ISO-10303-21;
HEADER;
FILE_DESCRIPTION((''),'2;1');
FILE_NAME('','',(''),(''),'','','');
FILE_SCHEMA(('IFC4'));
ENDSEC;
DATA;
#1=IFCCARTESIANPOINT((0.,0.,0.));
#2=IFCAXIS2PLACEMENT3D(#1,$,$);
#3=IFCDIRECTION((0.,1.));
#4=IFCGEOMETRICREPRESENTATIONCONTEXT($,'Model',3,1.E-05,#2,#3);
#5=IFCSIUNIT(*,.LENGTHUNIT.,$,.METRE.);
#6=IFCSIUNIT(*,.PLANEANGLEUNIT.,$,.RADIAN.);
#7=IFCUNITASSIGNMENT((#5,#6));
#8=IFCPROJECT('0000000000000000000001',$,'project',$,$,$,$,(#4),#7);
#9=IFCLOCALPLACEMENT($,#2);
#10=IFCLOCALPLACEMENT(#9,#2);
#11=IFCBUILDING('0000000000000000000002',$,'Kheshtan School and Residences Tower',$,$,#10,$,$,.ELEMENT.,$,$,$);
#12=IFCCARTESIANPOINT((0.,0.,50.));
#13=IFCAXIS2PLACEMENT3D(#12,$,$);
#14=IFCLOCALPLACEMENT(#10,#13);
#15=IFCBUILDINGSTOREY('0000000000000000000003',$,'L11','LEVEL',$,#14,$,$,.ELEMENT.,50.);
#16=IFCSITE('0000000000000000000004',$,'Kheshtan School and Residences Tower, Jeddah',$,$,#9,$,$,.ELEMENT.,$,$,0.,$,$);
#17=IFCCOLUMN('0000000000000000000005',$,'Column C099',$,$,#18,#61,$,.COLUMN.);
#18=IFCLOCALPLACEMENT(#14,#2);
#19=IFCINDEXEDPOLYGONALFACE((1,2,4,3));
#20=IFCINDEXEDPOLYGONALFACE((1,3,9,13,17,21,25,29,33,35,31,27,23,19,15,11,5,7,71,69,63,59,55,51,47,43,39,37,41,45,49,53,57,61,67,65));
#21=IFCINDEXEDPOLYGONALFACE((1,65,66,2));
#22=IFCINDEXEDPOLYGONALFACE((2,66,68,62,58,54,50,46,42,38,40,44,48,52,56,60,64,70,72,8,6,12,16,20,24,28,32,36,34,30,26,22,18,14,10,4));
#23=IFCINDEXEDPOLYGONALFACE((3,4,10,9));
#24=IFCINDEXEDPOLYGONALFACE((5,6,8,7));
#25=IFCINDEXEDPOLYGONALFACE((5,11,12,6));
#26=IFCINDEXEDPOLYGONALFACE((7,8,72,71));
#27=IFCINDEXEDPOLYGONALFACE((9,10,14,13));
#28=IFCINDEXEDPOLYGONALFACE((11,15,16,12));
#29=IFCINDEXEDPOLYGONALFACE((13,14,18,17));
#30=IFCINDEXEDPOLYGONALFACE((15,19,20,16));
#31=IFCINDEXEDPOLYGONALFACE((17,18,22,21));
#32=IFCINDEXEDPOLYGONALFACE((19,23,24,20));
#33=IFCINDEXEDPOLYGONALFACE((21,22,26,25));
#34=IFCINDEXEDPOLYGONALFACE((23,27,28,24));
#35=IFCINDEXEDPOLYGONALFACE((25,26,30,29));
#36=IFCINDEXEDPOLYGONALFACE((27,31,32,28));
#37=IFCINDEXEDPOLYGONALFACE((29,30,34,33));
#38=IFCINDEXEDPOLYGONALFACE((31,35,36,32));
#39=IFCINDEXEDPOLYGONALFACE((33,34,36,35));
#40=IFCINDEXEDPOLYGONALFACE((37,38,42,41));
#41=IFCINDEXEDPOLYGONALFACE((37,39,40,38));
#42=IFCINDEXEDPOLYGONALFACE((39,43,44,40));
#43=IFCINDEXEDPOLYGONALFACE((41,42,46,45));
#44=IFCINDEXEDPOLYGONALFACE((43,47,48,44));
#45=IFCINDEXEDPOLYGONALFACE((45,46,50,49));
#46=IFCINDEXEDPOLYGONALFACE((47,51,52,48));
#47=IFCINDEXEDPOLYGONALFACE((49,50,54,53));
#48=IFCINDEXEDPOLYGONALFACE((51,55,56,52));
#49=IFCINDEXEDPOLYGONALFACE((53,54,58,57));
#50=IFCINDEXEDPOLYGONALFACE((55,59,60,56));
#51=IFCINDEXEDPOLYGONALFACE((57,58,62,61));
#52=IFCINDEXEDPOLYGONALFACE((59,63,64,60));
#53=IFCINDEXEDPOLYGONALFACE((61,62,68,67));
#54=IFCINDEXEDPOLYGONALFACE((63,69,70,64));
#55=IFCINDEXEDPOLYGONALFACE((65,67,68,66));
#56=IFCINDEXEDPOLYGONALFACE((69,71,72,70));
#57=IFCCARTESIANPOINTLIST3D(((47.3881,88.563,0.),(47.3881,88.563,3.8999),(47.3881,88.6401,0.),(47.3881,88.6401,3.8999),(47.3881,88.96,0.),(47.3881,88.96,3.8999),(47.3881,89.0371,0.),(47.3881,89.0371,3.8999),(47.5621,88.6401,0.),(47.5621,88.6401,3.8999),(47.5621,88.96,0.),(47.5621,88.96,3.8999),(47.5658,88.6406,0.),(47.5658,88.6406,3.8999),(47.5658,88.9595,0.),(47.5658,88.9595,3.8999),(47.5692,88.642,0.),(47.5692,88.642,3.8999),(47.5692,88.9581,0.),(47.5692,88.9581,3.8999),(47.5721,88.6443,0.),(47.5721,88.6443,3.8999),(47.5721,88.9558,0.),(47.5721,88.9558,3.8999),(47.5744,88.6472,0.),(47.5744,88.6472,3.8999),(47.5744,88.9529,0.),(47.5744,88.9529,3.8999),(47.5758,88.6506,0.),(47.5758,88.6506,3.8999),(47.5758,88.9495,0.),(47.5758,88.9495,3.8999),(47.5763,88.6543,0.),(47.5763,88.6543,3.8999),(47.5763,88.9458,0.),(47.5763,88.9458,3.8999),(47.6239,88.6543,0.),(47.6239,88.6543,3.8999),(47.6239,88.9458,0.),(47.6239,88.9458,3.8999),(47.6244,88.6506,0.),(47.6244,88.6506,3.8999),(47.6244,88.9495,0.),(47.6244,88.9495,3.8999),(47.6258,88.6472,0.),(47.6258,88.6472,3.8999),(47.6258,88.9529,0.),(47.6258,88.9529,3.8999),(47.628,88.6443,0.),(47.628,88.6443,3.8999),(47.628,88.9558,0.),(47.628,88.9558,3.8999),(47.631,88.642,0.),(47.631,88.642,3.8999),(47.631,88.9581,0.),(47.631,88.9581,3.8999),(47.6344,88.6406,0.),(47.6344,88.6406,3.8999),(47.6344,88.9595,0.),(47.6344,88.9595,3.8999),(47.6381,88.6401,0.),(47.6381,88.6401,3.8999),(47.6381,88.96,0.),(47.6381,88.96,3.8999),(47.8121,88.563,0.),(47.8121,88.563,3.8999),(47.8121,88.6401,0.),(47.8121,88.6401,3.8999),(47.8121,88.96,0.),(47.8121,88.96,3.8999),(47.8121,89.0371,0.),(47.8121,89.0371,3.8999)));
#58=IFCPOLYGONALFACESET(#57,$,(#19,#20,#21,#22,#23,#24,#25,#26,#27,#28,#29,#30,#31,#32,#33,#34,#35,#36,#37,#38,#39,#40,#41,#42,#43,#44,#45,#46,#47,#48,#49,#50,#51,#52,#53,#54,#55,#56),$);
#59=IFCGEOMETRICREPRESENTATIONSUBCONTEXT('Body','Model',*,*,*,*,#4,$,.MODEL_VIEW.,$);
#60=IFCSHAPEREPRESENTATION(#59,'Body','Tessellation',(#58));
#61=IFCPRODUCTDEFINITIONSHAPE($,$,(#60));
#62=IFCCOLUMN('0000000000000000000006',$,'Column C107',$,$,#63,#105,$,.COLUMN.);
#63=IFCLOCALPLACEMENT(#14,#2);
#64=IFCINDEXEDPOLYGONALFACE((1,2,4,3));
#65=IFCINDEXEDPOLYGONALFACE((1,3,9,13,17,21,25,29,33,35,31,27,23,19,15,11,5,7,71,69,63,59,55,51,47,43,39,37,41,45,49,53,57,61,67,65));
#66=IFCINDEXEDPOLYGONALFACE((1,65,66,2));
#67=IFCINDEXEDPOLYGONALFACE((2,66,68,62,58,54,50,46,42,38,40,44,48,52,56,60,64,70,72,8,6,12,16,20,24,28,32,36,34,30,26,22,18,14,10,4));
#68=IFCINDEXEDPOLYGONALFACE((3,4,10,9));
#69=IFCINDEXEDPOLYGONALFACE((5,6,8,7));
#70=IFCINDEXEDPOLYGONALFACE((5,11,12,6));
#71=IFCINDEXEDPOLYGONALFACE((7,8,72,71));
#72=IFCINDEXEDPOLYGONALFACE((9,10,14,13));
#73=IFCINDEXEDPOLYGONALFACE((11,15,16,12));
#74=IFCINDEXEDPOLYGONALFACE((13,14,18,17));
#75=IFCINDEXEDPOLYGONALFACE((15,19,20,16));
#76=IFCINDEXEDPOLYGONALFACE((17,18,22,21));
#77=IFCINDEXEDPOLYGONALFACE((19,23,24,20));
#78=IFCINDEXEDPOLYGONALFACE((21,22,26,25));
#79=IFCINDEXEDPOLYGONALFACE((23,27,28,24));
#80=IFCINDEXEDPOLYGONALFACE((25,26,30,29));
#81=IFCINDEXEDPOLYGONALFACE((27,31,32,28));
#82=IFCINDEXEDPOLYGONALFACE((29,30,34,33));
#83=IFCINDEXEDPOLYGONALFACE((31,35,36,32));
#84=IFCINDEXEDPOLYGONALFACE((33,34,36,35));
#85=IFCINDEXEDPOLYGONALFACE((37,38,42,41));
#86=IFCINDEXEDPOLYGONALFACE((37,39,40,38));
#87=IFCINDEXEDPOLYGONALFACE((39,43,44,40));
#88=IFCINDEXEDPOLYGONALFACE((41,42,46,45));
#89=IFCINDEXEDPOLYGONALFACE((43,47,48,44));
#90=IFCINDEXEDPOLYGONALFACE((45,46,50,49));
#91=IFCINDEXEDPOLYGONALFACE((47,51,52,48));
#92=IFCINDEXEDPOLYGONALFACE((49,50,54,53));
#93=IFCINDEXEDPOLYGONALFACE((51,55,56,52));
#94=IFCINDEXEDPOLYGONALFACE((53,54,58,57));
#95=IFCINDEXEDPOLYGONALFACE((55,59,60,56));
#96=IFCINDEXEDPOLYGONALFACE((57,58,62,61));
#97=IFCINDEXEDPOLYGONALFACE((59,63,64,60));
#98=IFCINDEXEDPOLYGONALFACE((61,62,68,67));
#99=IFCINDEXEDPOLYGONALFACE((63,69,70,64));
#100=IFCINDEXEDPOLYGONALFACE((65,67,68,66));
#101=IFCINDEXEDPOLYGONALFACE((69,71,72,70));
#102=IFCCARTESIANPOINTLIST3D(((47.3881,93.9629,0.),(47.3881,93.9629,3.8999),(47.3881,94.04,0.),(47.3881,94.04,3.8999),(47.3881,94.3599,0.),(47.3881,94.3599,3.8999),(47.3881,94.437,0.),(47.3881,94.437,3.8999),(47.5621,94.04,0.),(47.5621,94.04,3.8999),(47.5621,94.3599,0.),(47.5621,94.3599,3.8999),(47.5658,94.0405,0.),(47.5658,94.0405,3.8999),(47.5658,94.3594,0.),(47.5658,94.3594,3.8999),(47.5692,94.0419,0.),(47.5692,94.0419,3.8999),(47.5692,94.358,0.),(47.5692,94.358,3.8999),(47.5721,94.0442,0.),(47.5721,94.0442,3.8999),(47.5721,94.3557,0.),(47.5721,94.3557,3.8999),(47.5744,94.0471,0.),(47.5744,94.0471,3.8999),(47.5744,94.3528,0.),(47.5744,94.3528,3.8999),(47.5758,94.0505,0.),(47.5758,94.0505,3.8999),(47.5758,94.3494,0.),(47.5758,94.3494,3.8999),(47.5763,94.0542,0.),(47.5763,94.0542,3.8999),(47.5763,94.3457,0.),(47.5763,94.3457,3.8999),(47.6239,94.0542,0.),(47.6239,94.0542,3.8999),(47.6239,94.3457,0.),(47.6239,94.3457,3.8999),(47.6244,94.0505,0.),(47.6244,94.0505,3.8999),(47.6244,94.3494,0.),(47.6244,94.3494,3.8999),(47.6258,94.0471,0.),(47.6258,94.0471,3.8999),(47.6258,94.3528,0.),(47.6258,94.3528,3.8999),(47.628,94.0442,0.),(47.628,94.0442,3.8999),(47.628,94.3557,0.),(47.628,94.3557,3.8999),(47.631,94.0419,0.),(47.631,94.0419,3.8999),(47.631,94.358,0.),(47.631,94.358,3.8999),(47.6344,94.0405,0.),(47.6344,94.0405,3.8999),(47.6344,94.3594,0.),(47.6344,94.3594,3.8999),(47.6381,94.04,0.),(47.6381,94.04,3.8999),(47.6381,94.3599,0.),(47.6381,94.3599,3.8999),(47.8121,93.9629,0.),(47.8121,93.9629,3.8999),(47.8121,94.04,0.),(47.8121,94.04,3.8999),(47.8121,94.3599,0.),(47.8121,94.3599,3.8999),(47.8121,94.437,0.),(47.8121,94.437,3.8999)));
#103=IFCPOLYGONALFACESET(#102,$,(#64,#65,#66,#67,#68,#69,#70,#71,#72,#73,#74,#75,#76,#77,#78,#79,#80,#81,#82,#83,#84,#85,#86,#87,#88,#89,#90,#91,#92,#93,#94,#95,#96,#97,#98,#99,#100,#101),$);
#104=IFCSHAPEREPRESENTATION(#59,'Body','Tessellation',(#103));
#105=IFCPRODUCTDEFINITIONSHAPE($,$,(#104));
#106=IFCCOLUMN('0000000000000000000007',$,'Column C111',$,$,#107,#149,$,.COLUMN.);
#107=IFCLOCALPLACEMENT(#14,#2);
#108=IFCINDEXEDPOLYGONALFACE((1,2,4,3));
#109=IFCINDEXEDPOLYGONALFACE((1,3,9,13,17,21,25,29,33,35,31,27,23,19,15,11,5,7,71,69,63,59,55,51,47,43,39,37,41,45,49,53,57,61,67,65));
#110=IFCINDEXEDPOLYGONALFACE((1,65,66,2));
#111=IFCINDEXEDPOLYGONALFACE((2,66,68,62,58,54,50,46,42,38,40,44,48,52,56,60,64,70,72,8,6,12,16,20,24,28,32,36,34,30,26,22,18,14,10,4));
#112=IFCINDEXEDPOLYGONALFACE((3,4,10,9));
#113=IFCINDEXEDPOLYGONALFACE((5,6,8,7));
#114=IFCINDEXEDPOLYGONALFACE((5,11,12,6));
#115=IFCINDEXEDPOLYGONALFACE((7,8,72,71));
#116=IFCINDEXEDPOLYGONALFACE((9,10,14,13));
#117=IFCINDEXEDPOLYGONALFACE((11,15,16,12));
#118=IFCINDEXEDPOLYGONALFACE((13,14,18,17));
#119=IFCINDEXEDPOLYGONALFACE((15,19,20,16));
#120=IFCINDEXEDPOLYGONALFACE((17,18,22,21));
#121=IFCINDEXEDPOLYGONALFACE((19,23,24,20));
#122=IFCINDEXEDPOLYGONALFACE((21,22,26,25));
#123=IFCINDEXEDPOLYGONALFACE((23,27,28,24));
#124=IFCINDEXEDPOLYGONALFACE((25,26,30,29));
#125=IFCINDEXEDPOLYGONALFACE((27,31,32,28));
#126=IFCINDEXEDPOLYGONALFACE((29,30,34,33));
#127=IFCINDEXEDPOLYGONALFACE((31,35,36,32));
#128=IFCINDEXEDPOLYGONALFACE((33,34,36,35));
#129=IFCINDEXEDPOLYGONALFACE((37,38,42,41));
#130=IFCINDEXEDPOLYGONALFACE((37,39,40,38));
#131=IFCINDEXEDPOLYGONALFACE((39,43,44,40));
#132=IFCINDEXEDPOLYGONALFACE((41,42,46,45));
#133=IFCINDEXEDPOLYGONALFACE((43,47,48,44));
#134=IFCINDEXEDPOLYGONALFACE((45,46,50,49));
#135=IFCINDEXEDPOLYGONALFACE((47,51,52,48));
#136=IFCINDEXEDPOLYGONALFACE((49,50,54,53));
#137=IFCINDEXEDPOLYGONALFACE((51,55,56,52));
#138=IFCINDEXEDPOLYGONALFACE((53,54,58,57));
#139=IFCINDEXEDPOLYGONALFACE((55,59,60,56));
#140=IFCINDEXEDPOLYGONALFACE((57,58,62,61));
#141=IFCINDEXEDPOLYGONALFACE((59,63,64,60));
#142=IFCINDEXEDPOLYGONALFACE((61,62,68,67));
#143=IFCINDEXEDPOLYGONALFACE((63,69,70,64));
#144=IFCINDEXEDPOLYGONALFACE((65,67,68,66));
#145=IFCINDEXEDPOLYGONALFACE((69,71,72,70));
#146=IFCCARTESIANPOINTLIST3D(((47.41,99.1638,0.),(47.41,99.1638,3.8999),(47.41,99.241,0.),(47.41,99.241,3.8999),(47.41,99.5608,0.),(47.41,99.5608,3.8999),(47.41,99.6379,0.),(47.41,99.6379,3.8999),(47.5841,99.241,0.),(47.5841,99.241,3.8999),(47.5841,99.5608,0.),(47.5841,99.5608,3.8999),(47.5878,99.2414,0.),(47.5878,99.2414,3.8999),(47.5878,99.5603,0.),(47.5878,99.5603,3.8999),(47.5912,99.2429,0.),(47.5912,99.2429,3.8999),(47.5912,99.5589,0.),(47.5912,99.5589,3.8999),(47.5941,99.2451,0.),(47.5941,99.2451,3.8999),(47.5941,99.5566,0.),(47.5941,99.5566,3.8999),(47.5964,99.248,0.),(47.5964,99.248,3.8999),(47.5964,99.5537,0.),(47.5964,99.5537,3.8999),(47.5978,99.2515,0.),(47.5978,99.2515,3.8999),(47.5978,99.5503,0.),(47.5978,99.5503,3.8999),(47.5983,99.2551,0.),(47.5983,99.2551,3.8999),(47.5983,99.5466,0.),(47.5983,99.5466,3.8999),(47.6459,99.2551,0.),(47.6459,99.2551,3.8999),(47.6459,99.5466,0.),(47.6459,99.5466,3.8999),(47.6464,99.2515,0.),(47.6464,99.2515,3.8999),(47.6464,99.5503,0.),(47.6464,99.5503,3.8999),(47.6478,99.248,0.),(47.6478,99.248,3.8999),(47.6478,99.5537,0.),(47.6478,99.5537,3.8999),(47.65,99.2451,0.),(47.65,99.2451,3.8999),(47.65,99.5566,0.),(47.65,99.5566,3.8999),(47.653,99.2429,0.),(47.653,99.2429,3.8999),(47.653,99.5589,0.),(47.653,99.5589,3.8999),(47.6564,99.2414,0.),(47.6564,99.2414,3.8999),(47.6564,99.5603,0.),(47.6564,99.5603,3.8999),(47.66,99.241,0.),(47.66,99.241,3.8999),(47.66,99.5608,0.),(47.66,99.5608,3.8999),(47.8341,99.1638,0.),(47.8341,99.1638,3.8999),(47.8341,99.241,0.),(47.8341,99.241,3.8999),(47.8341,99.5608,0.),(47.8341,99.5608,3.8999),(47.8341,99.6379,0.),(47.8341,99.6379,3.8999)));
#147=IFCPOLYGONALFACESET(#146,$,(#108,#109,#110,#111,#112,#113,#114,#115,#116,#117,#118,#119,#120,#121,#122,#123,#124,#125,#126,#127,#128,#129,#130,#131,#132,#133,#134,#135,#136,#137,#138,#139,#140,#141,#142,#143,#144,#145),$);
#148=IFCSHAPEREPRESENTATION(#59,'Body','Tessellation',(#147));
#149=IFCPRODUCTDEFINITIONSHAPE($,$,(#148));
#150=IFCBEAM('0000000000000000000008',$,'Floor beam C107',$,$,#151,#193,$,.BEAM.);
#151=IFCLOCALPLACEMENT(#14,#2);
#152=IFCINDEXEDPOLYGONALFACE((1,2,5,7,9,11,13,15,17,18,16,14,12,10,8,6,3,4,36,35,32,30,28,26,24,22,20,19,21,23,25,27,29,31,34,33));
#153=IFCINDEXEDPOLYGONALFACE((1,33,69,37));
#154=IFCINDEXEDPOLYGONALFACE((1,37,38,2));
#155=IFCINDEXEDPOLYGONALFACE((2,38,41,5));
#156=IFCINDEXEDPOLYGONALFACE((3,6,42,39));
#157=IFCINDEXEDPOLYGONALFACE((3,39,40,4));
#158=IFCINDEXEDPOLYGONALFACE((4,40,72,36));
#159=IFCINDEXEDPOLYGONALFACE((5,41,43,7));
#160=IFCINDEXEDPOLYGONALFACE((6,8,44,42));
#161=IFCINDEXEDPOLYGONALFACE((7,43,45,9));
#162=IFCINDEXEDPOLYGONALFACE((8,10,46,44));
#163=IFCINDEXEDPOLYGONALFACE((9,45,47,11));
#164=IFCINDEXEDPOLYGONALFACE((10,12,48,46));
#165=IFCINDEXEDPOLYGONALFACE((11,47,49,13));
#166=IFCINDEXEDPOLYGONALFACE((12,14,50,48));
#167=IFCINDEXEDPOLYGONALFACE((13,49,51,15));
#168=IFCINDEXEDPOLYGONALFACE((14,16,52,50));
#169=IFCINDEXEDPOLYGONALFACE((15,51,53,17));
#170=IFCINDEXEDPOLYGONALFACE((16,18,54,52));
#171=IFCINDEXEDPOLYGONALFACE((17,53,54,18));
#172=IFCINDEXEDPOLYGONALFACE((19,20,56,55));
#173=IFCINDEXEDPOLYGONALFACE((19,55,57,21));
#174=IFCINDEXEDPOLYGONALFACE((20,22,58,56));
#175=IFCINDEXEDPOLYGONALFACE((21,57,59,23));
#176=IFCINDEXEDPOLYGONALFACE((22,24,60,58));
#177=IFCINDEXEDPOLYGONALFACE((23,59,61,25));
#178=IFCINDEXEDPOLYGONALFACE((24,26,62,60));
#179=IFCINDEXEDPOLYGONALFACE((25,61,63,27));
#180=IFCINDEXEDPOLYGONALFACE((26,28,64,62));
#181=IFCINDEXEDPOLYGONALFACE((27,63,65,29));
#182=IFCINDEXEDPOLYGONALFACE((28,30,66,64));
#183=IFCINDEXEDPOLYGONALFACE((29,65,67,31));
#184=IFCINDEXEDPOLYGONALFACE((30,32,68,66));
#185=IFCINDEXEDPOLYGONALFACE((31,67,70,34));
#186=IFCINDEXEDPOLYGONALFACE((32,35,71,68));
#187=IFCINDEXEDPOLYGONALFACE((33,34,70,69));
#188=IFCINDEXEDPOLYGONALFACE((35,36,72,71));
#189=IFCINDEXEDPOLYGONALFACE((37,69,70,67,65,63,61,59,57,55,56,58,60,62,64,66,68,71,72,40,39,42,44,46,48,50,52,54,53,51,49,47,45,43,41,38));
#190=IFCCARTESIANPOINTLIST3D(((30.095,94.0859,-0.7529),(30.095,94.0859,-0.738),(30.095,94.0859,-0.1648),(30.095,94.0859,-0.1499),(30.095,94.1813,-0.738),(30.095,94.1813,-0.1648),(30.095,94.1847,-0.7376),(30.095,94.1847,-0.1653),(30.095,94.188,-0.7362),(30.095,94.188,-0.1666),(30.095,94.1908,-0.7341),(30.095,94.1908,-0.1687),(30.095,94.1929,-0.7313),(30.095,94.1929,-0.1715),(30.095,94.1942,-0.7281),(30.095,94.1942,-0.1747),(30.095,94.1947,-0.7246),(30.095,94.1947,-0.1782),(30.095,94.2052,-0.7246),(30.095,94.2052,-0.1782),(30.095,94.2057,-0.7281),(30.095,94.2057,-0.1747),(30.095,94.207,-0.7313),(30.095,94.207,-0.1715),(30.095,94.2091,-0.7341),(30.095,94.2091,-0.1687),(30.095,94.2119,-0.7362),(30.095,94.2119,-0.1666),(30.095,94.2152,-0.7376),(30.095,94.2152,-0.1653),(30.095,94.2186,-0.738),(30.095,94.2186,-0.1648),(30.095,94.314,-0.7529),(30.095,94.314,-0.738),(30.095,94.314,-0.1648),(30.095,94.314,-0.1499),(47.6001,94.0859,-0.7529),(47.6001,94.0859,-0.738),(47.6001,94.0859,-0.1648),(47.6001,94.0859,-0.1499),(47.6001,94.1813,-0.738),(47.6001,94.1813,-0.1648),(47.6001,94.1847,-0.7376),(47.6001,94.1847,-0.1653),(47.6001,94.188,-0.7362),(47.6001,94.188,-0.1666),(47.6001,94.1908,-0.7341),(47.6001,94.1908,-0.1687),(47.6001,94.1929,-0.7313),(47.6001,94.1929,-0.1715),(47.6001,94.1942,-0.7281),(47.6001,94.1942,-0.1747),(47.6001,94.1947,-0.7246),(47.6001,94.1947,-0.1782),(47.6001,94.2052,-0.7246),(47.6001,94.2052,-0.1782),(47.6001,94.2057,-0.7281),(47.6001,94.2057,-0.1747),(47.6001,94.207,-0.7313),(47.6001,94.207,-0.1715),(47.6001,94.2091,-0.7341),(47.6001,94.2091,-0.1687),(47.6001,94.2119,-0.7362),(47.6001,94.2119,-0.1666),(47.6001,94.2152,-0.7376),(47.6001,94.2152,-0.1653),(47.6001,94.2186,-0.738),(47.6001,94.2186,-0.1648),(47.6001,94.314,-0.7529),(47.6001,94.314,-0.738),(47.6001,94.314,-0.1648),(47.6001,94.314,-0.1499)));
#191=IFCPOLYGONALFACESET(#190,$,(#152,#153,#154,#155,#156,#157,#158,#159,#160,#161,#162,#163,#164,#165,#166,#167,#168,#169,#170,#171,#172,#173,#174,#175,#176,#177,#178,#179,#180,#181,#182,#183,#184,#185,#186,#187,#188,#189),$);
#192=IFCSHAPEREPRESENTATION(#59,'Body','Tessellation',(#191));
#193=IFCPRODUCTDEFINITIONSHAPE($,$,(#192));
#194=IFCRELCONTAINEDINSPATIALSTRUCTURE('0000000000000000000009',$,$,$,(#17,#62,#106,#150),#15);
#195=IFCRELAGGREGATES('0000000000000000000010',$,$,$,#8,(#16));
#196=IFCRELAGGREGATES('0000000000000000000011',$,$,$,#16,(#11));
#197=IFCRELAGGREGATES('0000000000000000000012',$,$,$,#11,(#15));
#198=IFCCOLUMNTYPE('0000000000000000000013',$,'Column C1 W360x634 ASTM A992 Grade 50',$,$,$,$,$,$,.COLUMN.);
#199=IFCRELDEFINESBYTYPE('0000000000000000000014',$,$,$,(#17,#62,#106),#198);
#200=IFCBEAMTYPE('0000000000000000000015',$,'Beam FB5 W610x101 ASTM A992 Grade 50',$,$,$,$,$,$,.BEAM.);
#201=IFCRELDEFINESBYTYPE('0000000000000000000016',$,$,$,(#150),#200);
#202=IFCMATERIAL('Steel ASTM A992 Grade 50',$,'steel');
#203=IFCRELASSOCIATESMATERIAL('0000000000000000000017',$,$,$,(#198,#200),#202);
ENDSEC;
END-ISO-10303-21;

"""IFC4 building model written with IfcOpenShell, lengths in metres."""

from ifc_helpers import new_model, si_unit, direction, frame, origin, origin_2d, place, context, subcontext, project, spatial, i_section, extrude, material, material_profile, profile_set, type_object, element, save


model = new_model("IFC4")

# Units and contexts
model_context = context("Model", 3, precision=1e-05, world=origin(), true_north=direction((0.0, 1.0)))
body_context = subcontext(model_context, "Body", "Model", "MODEL_VIEW")
ifc_project = project(units=[si_unit("LENGTHUNIT", "METRE"), si_unit("PLANEANGLEUNIT", "RADIAN")], contexts=[model_context])

# Site, building, storey
site_placement = place(None, origin())
site = spatial("IfcSite", under=ifc_project, at=site_placement, Name="Kheshtan School and Residences Tower, Jeddah", CompositionType="ELEMENT", RefElevation=0.0)
building_placement = place(site_placement, origin())
building = spatial("IfcBuilding", under=site, at=building_placement, Name="Kheshtan School and Residences Tower", CompositionType="ELEMENT")
storey_placement = place(building_placement, frame((0.0, 0.0, 50.0)))
storey = spatial("IfcBuildingStorey", under=building, at=storey_placement, Name="L11", Description="LEVEL", CompositionType="ELEMENT", Elevation=50.0)

# Columns
ifc_material_1 = material(Name="Steel ASTM A992 Grade 50", Category="steel")
ifc_material_profile_1 = material_profile(ifc_material_1, i_section(OverallWidth=0.4241, OverallDepth=0.4741, WebThickness=0.0476, FlangeThickness=0.0771, FilletRadius=0.0142, at=origin_2d()), Name="W360x634")
ifc_profile_set_1 = profile_set([ifc_material_profile_1], Name="Steel ASTM A992 Grade 50")
column_type = type_object("IfcColumnType", Name="Column C1 W360x634 ASTM A992 Grade 50", PredefinedType="COLUMN", material=ifc_profile_set_1)
for number, where, z_axis, x_axis, name in (
    (1, (47.6001, 88.8, 0.0), (0.0, 0.0, 1.0), (1.0, 0.0, 0.0), "Column C099"),
    (2, (47.6001, 94.2, 0.0), (0.0, 0.0, 1.0), (1.0, 0.0, 0.0), "Column C107"),
    (3, (47.6221, 99.4009, 0.0), (0.0, 0.0, 1.0), (1.0, 0.0, 0.0), "Column C111"),
):
    element("IfcColumn", number, at=place(storey_placement, frame(where, z_axis=z_axis, x_axis=x_axis)), inside=storey, type_object=column_type, Name=name, PredefinedType="COLUMN", context=body_context, shape_type="SweptSolid", body=[
        extrude(i_section(OverallWidth=0.4241, OverallDepth=0.4741, WebThickness=0.0476, FlangeThickness=0.0771, FilletRadius=0.0142, at=origin_2d()), origin(), (0.0, 0.0, 1.0), 3.8999),
    ])

# Beam
ifc_material_profile_2 = material_profile(ifc_material_1, i_section(OverallWidth=0.228, OverallDepth=0.603, WebThickness=0.0105, FlangeThickness=0.0149, FilletRadius=0.0134, at=origin_2d()), Name="W610x101")
ifc_profile_set_2 = profile_set([ifc_material_profile_2], Name="Steel ASTM A992 Grade 50")
beam_type_1 = type_object("IfcBeamType", Name="Beam FB5 W610x101 ASTM A992 Grade 50", PredefinedType="BEAM", material=ifc_profile_set_2)
beam_1_placement = place(storey_placement, frame((47.6001, 94.2, -0.4514), z_axis=(-1.0, 0.0, 0.0), x_axis=(0.0, -1.0, 0.0)))
element("IfcBeam", 4, at=beam_1_placement, inside=storey, type_object=beam_type_1, Name="Floor beam C107", PredefinedType="BEAM", context=body_context, shape_type="SweptSolid", body=[
    extrude(i_section(OverallWidth=0.228, OverallDepth=0.603, WebThickness=0.0105, FlangeThickness=0.0149, FilletRadius=0.0134, at=origin_2d()), origin(), (0.0, 0.0, 1.0), 17.5051),
])

save(model, "model.ifc")
